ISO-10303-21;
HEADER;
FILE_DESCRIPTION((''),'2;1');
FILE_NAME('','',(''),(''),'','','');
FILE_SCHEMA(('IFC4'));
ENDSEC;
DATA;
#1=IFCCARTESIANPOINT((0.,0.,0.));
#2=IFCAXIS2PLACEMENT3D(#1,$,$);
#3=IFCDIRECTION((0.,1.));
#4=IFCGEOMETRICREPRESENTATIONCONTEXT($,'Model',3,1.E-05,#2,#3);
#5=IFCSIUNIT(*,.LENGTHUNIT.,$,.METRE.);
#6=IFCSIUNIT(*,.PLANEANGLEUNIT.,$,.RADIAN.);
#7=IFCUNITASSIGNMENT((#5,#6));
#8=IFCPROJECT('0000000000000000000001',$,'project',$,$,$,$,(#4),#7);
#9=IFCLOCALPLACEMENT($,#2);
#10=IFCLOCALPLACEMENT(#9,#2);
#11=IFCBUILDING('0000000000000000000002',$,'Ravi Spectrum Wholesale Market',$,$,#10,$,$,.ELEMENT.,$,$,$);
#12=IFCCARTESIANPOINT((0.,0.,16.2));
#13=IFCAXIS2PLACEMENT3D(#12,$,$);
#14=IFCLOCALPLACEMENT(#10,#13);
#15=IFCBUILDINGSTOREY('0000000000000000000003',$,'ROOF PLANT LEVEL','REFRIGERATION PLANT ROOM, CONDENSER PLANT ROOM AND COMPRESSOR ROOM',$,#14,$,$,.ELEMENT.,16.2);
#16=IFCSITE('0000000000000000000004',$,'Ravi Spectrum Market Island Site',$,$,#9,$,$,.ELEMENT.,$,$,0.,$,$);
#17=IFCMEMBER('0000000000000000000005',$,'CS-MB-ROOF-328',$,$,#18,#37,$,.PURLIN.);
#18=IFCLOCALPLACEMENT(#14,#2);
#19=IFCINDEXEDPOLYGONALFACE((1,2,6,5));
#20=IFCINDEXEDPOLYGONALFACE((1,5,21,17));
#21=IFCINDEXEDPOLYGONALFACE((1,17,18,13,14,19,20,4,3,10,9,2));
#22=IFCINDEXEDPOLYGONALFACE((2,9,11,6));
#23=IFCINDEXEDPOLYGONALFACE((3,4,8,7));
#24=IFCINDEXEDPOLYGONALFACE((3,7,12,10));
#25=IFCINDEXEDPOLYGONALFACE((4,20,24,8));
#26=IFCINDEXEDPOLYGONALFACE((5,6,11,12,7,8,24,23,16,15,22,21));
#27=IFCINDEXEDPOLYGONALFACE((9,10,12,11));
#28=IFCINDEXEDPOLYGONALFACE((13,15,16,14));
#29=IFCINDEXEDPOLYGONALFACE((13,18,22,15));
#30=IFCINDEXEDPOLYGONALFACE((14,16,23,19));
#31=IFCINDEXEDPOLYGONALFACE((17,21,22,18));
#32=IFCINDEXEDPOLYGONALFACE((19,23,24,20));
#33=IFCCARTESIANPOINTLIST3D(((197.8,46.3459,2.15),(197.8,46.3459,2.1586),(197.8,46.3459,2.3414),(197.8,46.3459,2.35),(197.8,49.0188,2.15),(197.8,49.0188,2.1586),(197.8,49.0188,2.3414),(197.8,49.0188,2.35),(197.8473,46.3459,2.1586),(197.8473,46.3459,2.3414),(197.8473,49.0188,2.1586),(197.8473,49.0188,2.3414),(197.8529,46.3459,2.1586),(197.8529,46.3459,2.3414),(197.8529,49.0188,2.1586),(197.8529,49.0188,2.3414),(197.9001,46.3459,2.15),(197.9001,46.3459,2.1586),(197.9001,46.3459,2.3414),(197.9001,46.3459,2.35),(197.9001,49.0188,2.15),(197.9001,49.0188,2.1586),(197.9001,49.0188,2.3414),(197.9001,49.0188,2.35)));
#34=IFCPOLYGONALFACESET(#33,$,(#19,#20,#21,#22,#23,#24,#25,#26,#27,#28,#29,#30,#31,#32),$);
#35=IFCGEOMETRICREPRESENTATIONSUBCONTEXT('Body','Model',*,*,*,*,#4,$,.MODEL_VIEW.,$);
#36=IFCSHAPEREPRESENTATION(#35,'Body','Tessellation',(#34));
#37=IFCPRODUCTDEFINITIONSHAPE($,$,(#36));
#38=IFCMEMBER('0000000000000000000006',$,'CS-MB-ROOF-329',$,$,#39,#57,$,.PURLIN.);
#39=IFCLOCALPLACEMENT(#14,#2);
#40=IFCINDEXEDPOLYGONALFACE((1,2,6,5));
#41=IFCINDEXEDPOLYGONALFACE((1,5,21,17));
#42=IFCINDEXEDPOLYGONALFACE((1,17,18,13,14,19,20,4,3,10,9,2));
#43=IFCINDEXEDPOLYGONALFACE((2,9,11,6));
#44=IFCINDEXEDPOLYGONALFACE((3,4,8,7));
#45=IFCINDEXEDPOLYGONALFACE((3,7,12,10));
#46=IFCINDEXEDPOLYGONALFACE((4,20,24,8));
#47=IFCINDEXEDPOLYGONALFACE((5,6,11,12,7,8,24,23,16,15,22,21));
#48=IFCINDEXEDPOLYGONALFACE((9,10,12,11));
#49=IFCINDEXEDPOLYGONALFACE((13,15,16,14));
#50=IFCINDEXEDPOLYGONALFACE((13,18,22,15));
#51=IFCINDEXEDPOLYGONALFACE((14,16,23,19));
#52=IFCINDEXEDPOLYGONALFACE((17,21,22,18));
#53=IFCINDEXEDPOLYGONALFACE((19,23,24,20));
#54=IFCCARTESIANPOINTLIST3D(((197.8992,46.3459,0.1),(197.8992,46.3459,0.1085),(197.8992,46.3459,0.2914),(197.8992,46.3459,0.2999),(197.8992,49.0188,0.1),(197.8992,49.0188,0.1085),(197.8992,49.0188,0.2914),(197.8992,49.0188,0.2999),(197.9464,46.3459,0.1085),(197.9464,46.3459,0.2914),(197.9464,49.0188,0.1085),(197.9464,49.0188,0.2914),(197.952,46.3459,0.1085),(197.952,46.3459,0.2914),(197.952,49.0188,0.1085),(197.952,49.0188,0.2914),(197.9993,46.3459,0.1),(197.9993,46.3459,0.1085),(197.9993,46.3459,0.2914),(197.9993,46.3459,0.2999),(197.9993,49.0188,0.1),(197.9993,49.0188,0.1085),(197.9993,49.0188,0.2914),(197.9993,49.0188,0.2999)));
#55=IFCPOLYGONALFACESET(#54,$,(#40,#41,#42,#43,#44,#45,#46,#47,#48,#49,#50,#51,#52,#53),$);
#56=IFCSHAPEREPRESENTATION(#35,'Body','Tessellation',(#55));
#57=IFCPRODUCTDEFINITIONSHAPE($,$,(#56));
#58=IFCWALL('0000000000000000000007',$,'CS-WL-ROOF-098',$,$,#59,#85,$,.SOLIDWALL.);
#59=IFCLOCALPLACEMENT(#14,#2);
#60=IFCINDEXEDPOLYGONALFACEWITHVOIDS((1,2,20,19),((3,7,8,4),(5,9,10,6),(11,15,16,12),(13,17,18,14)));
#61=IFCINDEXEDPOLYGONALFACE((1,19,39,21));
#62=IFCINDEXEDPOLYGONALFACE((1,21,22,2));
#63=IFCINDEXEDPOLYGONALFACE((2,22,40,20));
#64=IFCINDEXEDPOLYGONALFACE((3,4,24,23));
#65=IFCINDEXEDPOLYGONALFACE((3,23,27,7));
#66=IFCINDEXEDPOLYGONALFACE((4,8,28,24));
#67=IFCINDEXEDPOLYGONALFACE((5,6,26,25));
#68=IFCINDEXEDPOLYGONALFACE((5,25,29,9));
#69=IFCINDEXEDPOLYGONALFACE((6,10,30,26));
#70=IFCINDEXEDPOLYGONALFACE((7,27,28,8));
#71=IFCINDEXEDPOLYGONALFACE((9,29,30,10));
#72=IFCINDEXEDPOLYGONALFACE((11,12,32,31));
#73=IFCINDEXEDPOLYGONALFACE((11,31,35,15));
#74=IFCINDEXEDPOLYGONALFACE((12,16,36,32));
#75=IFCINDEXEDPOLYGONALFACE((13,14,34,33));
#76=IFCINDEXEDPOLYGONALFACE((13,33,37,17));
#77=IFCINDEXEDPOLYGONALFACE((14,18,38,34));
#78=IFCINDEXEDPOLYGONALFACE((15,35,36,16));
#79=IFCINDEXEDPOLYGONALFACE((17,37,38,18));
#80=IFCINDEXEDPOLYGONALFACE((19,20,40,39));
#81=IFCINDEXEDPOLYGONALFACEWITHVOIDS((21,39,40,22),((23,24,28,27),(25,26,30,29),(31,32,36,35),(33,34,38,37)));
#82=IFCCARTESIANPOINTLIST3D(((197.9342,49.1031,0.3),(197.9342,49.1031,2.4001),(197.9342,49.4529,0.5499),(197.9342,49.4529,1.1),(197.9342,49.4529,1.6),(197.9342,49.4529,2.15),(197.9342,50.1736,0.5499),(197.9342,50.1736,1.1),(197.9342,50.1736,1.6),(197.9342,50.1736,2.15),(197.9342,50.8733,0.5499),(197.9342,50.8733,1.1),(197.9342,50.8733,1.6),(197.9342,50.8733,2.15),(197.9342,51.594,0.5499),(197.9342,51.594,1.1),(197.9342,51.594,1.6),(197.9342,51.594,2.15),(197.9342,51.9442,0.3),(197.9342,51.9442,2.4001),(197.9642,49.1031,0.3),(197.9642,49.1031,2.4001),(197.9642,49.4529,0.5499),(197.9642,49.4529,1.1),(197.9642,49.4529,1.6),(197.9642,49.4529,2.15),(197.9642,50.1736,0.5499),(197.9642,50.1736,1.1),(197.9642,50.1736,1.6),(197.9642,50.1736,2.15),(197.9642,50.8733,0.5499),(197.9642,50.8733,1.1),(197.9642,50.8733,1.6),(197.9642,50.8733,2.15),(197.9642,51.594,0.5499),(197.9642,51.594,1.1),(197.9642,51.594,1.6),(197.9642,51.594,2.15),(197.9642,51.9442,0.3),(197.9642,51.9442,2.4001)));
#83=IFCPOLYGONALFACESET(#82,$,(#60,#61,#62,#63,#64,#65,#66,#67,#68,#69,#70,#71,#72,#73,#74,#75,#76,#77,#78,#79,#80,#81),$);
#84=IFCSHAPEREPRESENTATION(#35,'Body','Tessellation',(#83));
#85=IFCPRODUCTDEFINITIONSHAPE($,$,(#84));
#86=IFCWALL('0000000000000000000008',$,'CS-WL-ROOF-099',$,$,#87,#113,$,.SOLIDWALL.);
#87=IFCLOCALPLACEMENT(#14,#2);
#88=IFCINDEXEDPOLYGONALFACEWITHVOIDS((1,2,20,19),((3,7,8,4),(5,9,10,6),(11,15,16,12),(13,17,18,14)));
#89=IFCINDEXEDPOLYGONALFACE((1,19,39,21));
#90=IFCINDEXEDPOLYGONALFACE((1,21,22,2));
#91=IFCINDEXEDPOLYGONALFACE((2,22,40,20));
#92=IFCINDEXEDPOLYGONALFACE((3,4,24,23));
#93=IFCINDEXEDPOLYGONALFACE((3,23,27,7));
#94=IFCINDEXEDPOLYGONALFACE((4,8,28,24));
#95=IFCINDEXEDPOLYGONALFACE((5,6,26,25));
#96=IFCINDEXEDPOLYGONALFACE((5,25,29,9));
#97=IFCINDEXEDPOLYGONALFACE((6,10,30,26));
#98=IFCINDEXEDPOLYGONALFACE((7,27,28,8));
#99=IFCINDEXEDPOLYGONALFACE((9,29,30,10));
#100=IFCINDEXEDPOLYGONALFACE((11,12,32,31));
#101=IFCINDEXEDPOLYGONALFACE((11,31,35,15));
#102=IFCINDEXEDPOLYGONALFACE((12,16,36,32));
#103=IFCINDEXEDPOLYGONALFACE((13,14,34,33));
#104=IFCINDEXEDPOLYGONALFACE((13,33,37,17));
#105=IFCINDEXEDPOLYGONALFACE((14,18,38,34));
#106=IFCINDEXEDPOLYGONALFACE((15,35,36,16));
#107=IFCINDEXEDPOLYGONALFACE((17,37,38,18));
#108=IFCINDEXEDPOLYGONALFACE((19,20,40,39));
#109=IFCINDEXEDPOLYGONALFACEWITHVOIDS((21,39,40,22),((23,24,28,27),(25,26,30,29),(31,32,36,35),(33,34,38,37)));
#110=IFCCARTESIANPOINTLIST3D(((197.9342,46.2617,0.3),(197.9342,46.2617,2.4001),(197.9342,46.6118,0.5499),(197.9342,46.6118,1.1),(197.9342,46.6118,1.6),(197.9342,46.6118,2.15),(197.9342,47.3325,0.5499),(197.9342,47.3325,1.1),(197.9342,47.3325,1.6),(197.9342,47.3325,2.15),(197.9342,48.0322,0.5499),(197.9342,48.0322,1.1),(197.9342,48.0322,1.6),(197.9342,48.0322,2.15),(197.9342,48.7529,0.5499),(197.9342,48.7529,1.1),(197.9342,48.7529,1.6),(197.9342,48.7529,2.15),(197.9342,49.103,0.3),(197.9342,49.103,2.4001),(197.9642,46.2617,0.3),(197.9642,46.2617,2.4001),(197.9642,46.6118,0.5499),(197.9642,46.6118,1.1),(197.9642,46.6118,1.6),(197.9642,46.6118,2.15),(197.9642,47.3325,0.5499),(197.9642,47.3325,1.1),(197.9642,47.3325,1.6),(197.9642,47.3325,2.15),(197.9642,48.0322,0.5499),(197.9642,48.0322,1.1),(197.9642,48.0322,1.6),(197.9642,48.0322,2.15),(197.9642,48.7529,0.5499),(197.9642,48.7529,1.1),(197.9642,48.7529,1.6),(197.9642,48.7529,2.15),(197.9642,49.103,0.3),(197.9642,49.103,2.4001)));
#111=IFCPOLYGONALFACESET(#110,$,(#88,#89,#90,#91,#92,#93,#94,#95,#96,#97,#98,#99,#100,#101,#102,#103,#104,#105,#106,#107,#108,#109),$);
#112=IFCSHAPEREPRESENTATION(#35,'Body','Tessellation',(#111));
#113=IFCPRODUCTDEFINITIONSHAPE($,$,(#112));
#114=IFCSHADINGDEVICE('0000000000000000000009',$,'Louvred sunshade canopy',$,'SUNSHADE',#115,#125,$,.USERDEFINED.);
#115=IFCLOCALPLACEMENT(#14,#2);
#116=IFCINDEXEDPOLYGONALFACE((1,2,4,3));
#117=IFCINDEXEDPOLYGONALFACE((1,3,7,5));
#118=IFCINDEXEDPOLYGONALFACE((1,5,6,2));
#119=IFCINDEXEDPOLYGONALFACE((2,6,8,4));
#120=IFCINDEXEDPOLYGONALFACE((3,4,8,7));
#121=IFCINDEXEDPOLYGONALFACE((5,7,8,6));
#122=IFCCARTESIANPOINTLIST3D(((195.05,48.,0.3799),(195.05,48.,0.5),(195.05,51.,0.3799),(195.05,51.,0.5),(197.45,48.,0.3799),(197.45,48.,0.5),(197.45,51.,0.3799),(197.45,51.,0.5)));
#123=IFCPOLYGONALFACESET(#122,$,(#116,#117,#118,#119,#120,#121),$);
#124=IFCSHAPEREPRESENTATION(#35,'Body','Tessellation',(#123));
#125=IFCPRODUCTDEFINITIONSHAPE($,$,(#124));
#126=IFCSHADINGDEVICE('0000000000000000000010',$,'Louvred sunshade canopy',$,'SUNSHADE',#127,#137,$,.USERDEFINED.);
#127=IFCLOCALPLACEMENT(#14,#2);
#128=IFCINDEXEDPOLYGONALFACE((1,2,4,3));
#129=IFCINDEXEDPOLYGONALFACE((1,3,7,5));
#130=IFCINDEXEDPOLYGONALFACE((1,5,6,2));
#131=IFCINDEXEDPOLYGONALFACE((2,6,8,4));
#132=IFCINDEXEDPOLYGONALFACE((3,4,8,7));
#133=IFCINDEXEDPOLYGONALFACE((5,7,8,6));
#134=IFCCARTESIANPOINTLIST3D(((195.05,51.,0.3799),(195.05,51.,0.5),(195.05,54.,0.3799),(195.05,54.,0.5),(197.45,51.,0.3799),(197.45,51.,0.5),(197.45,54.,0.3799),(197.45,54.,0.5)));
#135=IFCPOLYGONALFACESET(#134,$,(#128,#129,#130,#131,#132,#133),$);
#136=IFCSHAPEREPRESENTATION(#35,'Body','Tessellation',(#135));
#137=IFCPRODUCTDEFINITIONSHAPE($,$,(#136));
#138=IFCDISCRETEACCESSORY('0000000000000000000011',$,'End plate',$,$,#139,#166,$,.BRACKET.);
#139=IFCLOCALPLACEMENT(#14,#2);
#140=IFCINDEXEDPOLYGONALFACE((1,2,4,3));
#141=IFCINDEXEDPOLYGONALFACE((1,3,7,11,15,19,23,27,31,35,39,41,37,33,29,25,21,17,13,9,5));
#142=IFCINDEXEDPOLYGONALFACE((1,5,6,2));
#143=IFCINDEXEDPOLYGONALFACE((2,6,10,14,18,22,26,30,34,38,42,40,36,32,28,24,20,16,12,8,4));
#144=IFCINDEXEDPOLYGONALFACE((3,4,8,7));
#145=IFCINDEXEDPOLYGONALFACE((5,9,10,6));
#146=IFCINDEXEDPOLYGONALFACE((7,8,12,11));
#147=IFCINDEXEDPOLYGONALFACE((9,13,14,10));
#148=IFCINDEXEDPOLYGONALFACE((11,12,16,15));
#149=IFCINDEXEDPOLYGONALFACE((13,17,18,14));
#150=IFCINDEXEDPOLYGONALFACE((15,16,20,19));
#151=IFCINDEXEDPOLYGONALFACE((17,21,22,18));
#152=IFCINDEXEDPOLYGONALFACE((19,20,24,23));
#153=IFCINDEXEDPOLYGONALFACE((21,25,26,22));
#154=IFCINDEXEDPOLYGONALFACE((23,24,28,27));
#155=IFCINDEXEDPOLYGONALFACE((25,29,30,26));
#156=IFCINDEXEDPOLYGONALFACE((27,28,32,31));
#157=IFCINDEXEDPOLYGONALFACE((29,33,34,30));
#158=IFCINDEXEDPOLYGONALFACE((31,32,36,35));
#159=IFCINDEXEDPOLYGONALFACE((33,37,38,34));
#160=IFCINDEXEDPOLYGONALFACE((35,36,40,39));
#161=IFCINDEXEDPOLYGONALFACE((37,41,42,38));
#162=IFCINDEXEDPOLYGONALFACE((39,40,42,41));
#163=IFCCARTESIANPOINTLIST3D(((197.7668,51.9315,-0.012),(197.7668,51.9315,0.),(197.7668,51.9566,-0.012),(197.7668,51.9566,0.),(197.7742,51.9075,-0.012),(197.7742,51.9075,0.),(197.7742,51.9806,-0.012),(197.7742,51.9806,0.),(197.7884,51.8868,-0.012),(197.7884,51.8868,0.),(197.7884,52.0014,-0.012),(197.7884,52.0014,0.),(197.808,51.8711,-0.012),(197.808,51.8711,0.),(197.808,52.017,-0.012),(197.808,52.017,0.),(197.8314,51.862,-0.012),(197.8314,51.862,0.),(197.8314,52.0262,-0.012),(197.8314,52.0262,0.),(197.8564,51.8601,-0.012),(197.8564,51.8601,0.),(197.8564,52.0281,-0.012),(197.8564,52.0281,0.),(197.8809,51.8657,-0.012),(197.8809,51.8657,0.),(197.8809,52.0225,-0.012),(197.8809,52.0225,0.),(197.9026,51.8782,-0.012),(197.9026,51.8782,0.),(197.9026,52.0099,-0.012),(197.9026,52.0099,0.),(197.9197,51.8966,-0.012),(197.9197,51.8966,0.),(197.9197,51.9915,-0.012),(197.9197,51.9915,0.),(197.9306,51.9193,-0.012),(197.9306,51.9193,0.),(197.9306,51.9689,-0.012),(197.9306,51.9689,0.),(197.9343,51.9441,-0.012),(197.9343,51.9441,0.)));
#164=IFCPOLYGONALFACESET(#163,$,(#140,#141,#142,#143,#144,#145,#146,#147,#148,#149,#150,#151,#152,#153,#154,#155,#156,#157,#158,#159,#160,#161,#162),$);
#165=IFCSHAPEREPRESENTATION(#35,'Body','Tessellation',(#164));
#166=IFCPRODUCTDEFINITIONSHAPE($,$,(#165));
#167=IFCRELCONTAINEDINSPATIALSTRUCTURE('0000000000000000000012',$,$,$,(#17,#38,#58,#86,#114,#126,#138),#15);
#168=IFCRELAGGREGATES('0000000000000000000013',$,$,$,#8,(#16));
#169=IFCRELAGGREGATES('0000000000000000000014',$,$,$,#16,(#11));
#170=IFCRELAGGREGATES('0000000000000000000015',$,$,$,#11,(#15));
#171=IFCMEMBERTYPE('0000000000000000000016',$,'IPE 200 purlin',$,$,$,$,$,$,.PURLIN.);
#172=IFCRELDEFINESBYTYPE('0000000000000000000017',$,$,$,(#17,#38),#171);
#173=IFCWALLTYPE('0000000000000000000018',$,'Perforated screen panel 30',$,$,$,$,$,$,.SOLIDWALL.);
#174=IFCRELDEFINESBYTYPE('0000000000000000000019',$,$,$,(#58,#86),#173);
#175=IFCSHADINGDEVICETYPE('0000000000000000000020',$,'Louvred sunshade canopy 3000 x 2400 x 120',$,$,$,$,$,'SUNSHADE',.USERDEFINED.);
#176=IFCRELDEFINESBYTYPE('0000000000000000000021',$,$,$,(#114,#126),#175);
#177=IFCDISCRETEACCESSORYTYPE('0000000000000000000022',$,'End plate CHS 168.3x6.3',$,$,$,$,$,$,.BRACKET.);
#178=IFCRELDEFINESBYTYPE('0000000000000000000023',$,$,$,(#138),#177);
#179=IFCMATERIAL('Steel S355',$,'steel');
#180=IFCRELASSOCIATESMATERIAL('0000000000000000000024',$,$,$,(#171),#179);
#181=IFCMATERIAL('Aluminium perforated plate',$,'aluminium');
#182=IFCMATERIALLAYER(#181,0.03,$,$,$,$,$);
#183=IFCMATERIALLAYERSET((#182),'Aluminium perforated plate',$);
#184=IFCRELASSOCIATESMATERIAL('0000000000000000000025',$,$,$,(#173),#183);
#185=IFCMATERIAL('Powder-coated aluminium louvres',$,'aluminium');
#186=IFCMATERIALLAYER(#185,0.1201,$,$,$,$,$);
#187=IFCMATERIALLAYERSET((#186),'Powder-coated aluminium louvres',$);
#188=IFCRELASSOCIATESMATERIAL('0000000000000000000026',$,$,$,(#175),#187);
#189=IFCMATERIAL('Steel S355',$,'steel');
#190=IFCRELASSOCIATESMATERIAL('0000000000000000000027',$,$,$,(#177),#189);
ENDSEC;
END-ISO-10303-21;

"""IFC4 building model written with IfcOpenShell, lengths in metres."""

from ifc_helpers import new_model, si_unit, direction, frame, frame_2d, origin, origin_2d, place, context, subcontext, project, spatial, rectangle, circle, i_section, extrude, material, layer, layer_set, material_profile, profile_set, type_object, element, save


model = new_model("IFC4")

# Units and contexts
model_context = context("Model", 3, precision=1e-05, world=origin(), true_north=direction((0.0, 1.0)))
body_context = subcontext(model_context, "Body", "Model", "MODEL_VIEW")
ifc_project = project(units=[si_unit("LENGTHUNIT", "METRE"), si_unit("PLANEANGLEUNIT", "RADIAN")], contexts=[model_context])

# Site, building, storey
site_placement = place(None, origin())
site = spatial("IfcSite", under=ifc_project, at=site_placement, Name="Ravi Spectrum Market Island Site", CompositionType="ELEMENT", RefElevation=0.0)
building_placement = place(site_placement, origin())
building = spatial("IfcBuilding", under=site, at=building_placement, Name="Ravi Spectrum Wholesale Market", CompositionType="ELEMENT")
storey_placement = place(building_placement, frame((0.0, 0.0, 16.2)))
storey = spatial("IfcBuildingStorey", under=building, at=storey_placement, Name="ROOF PLANT LEVEL", Description="REFRIGERATION PLANT ROOM, CONDENSER PLANT ROOM AND COMPRESSOR ROOM", CompositionType="ELEMENT", Elevation=16.2)

# Members
ifc_material_1 = material(Name="Steel S355", Category="steel")
ifc_material_profile_1 = material_profile(ifc_material_1, i_section(OverallWidth=0.1001, OverallDepth=0.2, WebThickness=0.0056, FlangeThickness=0.0085, at=origin_2d()))
ifc_profile_set_1 = profile_set([ifc_material_profile_1], Name="Steel S355")
member_type_1 = type_object("IfcMemberType", Name="IPE 200 purlin", PredefinedType="PURLIN", material=ifc_profile_set_1)
for number, where, z_axis, x_axis, name in (
    (1, (197.8501, 49.0188, 2.25), (0.0, -1.0, 0.0), (1.0, 0.0, 0.0), "CS-MB-ROOF-328"),
    (2, (197.9492, 49.0188, 0.2), (0.0, -1.0, 0.0), (1.0, 0.0, 0.0), "CS-MB-ROOF-329"),
):
    element("IfcMember", number, at=place(storey_placement, frame(where, z_axis=z_axis, x_axis=x_axis)), inside=storey, type_object=member_type_1, Name=name, PredefinedType="PURLIN", context=body_context, shape_type="SweptSolid", body=[
        extrude(i_section(OverallWidth=0.1001, OverallDepth=0.2, WebThickness=0.0056, FlangeThickness=0.0085, at=origin_2d()), origin(), (0.0, 0.0, 1.0), 2.6729),
    ])

# Walls, openings
ifc_material_2 = material(Name="Aluminium perforated plate", Category="aluminium")
ifc_layer_1 = layer(ifc_material_2, 0.03)
ifc_layer_set_1 = layer_set([ifc_layer_1], Name="Aluminium perforated plate")
wall_type = type_object("IfcWallType", Name="Perforated screen panel 30", PredefinedType="SOLIDWALL", material=ifc_layer_set_1)
wall_1_placement = place(storey_placement, frame((197.9492, 51.9441, 0.3), z_axis=(0.0, 0.0, 1.0), x_axis=(0.0, -1.0, 0.0)))
wall_1 = element("IfcWall", 3, at=wall_1_placement, inside=storey, type_object=wall_type, Name="CS-WL-ROOF-098", PredefinedType="SOLIDWALL", context=body_context, shape_type="SweptSolid", body=[
    extrude(rectangle(XDim=2.8411, YDim=0.03, at=frame_2d((1.4204, 0.0))), origin(), (0.0, 0.0, 1.0), 2.1001),
])
opening_1_placement = place(wall_1_placement, frame((0.3501, 0.0, 0.25)))
element("IfcOpeningElement", 4, at=opening_1_placement, cuts=wall_1, PredefinedType="OPENING", context=body_context, shape_type="SweptSolid", body=[
    extrude(rectangle(XDim=0.7207, YDim=0.55, at=frame_2d((0.3604, 0.2749))), frame((0.0, 0.0249, 0.0), z_axis=(0.0, -1.0, 0.0), x_axis=(1.0, 0.0, 0.0)), (0.0, 0.0, 1.0), 0.05),
])
opening_2_placement = place(wall_1_placement, frame((0.3501, 0.0, 1.3)))
element("IfcOpeningElement", 5, at=opening_2_placement, cuts=wall_1, PredefinedType="OPENING", context=body_context, shape_type="SweptSolid", body=[
    extrude(rectangle(XDim=0.7207, YDim=0.55, at=frame_2d((0.3604, 0.2749))), frame((0.0, 0.0249, 0.0), z_axis=(0.0, -1.0, 0.0), x_axis=(1.0, 0.0, 0.0)), (0.0, 0.0, 1.0), 0.05),
])
opening_3_placement = place(wall_1_placement, frame((1.7705, 0.0, 0.25)))
element("IfcOpeningElement", 6, at=opening_3_placement, cuts=wall_1, PredefinedType="OPENING", context=body_context, shape_type="SweptSolid", body=[
    extrude(rectangle(XDim=0.7207, YDim=0.55, at=frame_2d((0.3604, 0.2749))), frame((0.0, 0.0249, 0.0), z_axis=(0.0, -1.0, 0.0), x_axis=(1.0, 0.0, 0.0)), (0.0, 0.0, 1.0), 0.05),
])
opening_4_placement = place(wall_1_placement, frame((1.7705, 0.0, 1.3)))
element("IfcOpeningElement", 7, at=opening_4_placement, cuts=wall_1, PredefinedType="OPENING", context=body_context, shape_type="SweptSolid", body=[
    extrude(rectangle(XDim=0.7207, YDim=0.55, at=frame_2d((0.3604, 0.2749))), frame((0.0, 0.0249, 0.0), z_axis=(0.0, -1.0, 0.0), x_axis=(1.0, 0.0, 0.0)), (0.0, 0.0, 1.0), 0.05),
])
wall_2_placement = place(storey_placement, frame((197.9492, 49.103, 0.3), z_axis=(0.0, 0.0, 1.0), x_axis=(0.0, -1.0, 0.0)))
wall_2 = element("IfcWall", 8, at=wall_2_placement, inside=storey, type_object=wall_type, Name="CS-WL-ROOF-099", PredefinedType="SOLIDWALL", context=body_context, shape_type="SweptSolid", body=[
    extrude(rectangle(XDim=2.8413, YDim=0.03, at=frame_2d((1.4207, 0.0))), origin(), (0.0, 0.0, 1.0), 2.1001),
])
opening_5_placement = place(wall_2_placement, frame((0.3501, 0.0, 0.25)))
element("IfcOpeningElement", 9, at=opening_5_placement, cuts=wall_2, PredefinedType="OPENING", context=body_context, shape_type="SweptSolid", body=[
    extrude(rectangle(XDim=0.7207, YDim=0.55, at=frame_2d((0.3604, 0.2749))), frame((0.0, 0.0249, 0.0), z_axis=(0.0, -1.0, 0.0), x_axis=(1.0, 0.0, 0.0)), (0.0, 0.0, 1.0), 0.05),
])
opening_6_placement = place(wall_2_placement, frame((0.3501, 0.0, 1.3)))
element("IfcOpeningElement", 10, at=opening_6_placement, cuts=wall_2, PredefinedType="OPENING", context=body_context, shape_type="SweptSolid", body=[
    extrude(rectangle(XDim=0.7207, YDim=0.55, at=frame_2d((0.3604, 0.2749))), frame((0.0, 0.0249, 0.0), z_axis=(0.0, -1.0, 0.0), x_axis=(1.0, 0.0, 0.0)), (0.0, 0.0, 1.0), 0.05),
])
opening_7_placement = place(wall_2_placement, frame((1.7705, 0.0, 0.25)))
element("IfcOpeningElement", 11, at=opening_7_placement, cuts=wall_2, PredefinedType="OPENING", context=body_context, shape_type="SweptSolid", body=[
    extrude(rectangle(XDim=0.7207, YDim=0.55, at=frame_2d((0.3604, 0.2749))), frame((0.0, 0.0249, 0.0), z_axis=(0.0, -1.0, 0.0), x_axis=(1.0, 0.0, 0.0)), (0.0, 0.0, 1.0), 0.05),
])
opening_8_placement = place(wall_2_placement, frame((1.7705, 0.0, 1.3)))
element("IfcOpeningElement", 12, at=opening_8_placement, cuts=wall_2, PredefinedType="OPENING", context=body_context, shape_type="SweptSolid", body=[
    extrude(rectangle(XDim=0.7207, YDim=0.55, at=frame_2d((0.3604, 0.2749))), frame((0.0, 0.0249, 0.0), z_axis=(0.0, -1.0, 0.0), x_axis=(1.0, 0.0, 0.0)), (0.0, 0.0, 1.0), 0.05),
])

# Shading devices
ifc_material_3 = material(Name="Powder-coated aluminium louvres", Category="aluminium")
ifc_layer_2 = layer(ifc_material_3, 0.1201)
ifc_layer_set_2 = layer_set([ifc_layer_2], Name="Powder-coated aluminium louvres")
shading_device_type = type_object("IfcShadingDeviceType", Name="Louvred sunshade canopy 3000 x 2400 x 120", ElementType="SUNSHADE", PredefinedType="USERDEFINED", material=ifc_layer_set_2)
for number, where, z_axis, x_axis, name in (
    (13, (196.25, 49.5, 0.3799), (0.0, 0.0, 1.0), (1.0, 0.0, 0.0), "Louvred sunshade canopy"),
    (14, (196.25, 52.5, 0.3799), (0.0, 0.0, 1.0), (1.0, 0.0, 0.0), "Louvred sunshade canopy"),
):
    element("IfcShadingDevice", number, at=place(storey_placement, frame(where, z_axis=z_axis, x_axis=x_axis)), inside=storey, type_object=shading_device_type, Name=name, ObjectType="SUNSHADE", PredefinedType="USERDEFINED", context=body_context, shape_type="SweptSolid", body=[
        extrude(rectangle(XDim=2.3999, YDim=3.0, at=origin_2d()), origin(), (0.0, 0.0, 1.0), 0.1201),
    ])

# Discrete accessory
ifc_material_4 = material(Name="Steel S355", Category="steel")
ifc_material_profile_2 = material_profile(ifc_material_4, circle(Radius=0.0842, at=origin_2d()))
ifc_profile_set_2 = profile_set([ifc_material_profile_2], Name="Steel S355")
discrete_accessory_type_1 = type_object("IfcDiscreteAccessoryType", Name="End plate CHS 168.3x6.3", PredefinedType="BRACKET", material=ifc_profile_set_2)
for number, where, z_axis, x_axis, name in (
    (15, (197.8501, 51.9441, 0.0), (0.0, 0.0, -1.0), (1.0, 0.0, 0.0), "End plate"),
):
    element("IfcDiscreteAccessory", number, at=place(storey_placement, frame(where, z_axis=z_axis, x_axis=x_axis)), inside=storey, type_object=discrete_accessory_type_1, Name=name, PredefinedType="BRACKET", context=body_context, shape_type="SweptSolid", body=[
        extrude(circle(Radius=0.0842, at=origin_2d()), origin(), (0.0, 0.0, 1.0), 0.012),
    ])

save(model, "model.ifc")
